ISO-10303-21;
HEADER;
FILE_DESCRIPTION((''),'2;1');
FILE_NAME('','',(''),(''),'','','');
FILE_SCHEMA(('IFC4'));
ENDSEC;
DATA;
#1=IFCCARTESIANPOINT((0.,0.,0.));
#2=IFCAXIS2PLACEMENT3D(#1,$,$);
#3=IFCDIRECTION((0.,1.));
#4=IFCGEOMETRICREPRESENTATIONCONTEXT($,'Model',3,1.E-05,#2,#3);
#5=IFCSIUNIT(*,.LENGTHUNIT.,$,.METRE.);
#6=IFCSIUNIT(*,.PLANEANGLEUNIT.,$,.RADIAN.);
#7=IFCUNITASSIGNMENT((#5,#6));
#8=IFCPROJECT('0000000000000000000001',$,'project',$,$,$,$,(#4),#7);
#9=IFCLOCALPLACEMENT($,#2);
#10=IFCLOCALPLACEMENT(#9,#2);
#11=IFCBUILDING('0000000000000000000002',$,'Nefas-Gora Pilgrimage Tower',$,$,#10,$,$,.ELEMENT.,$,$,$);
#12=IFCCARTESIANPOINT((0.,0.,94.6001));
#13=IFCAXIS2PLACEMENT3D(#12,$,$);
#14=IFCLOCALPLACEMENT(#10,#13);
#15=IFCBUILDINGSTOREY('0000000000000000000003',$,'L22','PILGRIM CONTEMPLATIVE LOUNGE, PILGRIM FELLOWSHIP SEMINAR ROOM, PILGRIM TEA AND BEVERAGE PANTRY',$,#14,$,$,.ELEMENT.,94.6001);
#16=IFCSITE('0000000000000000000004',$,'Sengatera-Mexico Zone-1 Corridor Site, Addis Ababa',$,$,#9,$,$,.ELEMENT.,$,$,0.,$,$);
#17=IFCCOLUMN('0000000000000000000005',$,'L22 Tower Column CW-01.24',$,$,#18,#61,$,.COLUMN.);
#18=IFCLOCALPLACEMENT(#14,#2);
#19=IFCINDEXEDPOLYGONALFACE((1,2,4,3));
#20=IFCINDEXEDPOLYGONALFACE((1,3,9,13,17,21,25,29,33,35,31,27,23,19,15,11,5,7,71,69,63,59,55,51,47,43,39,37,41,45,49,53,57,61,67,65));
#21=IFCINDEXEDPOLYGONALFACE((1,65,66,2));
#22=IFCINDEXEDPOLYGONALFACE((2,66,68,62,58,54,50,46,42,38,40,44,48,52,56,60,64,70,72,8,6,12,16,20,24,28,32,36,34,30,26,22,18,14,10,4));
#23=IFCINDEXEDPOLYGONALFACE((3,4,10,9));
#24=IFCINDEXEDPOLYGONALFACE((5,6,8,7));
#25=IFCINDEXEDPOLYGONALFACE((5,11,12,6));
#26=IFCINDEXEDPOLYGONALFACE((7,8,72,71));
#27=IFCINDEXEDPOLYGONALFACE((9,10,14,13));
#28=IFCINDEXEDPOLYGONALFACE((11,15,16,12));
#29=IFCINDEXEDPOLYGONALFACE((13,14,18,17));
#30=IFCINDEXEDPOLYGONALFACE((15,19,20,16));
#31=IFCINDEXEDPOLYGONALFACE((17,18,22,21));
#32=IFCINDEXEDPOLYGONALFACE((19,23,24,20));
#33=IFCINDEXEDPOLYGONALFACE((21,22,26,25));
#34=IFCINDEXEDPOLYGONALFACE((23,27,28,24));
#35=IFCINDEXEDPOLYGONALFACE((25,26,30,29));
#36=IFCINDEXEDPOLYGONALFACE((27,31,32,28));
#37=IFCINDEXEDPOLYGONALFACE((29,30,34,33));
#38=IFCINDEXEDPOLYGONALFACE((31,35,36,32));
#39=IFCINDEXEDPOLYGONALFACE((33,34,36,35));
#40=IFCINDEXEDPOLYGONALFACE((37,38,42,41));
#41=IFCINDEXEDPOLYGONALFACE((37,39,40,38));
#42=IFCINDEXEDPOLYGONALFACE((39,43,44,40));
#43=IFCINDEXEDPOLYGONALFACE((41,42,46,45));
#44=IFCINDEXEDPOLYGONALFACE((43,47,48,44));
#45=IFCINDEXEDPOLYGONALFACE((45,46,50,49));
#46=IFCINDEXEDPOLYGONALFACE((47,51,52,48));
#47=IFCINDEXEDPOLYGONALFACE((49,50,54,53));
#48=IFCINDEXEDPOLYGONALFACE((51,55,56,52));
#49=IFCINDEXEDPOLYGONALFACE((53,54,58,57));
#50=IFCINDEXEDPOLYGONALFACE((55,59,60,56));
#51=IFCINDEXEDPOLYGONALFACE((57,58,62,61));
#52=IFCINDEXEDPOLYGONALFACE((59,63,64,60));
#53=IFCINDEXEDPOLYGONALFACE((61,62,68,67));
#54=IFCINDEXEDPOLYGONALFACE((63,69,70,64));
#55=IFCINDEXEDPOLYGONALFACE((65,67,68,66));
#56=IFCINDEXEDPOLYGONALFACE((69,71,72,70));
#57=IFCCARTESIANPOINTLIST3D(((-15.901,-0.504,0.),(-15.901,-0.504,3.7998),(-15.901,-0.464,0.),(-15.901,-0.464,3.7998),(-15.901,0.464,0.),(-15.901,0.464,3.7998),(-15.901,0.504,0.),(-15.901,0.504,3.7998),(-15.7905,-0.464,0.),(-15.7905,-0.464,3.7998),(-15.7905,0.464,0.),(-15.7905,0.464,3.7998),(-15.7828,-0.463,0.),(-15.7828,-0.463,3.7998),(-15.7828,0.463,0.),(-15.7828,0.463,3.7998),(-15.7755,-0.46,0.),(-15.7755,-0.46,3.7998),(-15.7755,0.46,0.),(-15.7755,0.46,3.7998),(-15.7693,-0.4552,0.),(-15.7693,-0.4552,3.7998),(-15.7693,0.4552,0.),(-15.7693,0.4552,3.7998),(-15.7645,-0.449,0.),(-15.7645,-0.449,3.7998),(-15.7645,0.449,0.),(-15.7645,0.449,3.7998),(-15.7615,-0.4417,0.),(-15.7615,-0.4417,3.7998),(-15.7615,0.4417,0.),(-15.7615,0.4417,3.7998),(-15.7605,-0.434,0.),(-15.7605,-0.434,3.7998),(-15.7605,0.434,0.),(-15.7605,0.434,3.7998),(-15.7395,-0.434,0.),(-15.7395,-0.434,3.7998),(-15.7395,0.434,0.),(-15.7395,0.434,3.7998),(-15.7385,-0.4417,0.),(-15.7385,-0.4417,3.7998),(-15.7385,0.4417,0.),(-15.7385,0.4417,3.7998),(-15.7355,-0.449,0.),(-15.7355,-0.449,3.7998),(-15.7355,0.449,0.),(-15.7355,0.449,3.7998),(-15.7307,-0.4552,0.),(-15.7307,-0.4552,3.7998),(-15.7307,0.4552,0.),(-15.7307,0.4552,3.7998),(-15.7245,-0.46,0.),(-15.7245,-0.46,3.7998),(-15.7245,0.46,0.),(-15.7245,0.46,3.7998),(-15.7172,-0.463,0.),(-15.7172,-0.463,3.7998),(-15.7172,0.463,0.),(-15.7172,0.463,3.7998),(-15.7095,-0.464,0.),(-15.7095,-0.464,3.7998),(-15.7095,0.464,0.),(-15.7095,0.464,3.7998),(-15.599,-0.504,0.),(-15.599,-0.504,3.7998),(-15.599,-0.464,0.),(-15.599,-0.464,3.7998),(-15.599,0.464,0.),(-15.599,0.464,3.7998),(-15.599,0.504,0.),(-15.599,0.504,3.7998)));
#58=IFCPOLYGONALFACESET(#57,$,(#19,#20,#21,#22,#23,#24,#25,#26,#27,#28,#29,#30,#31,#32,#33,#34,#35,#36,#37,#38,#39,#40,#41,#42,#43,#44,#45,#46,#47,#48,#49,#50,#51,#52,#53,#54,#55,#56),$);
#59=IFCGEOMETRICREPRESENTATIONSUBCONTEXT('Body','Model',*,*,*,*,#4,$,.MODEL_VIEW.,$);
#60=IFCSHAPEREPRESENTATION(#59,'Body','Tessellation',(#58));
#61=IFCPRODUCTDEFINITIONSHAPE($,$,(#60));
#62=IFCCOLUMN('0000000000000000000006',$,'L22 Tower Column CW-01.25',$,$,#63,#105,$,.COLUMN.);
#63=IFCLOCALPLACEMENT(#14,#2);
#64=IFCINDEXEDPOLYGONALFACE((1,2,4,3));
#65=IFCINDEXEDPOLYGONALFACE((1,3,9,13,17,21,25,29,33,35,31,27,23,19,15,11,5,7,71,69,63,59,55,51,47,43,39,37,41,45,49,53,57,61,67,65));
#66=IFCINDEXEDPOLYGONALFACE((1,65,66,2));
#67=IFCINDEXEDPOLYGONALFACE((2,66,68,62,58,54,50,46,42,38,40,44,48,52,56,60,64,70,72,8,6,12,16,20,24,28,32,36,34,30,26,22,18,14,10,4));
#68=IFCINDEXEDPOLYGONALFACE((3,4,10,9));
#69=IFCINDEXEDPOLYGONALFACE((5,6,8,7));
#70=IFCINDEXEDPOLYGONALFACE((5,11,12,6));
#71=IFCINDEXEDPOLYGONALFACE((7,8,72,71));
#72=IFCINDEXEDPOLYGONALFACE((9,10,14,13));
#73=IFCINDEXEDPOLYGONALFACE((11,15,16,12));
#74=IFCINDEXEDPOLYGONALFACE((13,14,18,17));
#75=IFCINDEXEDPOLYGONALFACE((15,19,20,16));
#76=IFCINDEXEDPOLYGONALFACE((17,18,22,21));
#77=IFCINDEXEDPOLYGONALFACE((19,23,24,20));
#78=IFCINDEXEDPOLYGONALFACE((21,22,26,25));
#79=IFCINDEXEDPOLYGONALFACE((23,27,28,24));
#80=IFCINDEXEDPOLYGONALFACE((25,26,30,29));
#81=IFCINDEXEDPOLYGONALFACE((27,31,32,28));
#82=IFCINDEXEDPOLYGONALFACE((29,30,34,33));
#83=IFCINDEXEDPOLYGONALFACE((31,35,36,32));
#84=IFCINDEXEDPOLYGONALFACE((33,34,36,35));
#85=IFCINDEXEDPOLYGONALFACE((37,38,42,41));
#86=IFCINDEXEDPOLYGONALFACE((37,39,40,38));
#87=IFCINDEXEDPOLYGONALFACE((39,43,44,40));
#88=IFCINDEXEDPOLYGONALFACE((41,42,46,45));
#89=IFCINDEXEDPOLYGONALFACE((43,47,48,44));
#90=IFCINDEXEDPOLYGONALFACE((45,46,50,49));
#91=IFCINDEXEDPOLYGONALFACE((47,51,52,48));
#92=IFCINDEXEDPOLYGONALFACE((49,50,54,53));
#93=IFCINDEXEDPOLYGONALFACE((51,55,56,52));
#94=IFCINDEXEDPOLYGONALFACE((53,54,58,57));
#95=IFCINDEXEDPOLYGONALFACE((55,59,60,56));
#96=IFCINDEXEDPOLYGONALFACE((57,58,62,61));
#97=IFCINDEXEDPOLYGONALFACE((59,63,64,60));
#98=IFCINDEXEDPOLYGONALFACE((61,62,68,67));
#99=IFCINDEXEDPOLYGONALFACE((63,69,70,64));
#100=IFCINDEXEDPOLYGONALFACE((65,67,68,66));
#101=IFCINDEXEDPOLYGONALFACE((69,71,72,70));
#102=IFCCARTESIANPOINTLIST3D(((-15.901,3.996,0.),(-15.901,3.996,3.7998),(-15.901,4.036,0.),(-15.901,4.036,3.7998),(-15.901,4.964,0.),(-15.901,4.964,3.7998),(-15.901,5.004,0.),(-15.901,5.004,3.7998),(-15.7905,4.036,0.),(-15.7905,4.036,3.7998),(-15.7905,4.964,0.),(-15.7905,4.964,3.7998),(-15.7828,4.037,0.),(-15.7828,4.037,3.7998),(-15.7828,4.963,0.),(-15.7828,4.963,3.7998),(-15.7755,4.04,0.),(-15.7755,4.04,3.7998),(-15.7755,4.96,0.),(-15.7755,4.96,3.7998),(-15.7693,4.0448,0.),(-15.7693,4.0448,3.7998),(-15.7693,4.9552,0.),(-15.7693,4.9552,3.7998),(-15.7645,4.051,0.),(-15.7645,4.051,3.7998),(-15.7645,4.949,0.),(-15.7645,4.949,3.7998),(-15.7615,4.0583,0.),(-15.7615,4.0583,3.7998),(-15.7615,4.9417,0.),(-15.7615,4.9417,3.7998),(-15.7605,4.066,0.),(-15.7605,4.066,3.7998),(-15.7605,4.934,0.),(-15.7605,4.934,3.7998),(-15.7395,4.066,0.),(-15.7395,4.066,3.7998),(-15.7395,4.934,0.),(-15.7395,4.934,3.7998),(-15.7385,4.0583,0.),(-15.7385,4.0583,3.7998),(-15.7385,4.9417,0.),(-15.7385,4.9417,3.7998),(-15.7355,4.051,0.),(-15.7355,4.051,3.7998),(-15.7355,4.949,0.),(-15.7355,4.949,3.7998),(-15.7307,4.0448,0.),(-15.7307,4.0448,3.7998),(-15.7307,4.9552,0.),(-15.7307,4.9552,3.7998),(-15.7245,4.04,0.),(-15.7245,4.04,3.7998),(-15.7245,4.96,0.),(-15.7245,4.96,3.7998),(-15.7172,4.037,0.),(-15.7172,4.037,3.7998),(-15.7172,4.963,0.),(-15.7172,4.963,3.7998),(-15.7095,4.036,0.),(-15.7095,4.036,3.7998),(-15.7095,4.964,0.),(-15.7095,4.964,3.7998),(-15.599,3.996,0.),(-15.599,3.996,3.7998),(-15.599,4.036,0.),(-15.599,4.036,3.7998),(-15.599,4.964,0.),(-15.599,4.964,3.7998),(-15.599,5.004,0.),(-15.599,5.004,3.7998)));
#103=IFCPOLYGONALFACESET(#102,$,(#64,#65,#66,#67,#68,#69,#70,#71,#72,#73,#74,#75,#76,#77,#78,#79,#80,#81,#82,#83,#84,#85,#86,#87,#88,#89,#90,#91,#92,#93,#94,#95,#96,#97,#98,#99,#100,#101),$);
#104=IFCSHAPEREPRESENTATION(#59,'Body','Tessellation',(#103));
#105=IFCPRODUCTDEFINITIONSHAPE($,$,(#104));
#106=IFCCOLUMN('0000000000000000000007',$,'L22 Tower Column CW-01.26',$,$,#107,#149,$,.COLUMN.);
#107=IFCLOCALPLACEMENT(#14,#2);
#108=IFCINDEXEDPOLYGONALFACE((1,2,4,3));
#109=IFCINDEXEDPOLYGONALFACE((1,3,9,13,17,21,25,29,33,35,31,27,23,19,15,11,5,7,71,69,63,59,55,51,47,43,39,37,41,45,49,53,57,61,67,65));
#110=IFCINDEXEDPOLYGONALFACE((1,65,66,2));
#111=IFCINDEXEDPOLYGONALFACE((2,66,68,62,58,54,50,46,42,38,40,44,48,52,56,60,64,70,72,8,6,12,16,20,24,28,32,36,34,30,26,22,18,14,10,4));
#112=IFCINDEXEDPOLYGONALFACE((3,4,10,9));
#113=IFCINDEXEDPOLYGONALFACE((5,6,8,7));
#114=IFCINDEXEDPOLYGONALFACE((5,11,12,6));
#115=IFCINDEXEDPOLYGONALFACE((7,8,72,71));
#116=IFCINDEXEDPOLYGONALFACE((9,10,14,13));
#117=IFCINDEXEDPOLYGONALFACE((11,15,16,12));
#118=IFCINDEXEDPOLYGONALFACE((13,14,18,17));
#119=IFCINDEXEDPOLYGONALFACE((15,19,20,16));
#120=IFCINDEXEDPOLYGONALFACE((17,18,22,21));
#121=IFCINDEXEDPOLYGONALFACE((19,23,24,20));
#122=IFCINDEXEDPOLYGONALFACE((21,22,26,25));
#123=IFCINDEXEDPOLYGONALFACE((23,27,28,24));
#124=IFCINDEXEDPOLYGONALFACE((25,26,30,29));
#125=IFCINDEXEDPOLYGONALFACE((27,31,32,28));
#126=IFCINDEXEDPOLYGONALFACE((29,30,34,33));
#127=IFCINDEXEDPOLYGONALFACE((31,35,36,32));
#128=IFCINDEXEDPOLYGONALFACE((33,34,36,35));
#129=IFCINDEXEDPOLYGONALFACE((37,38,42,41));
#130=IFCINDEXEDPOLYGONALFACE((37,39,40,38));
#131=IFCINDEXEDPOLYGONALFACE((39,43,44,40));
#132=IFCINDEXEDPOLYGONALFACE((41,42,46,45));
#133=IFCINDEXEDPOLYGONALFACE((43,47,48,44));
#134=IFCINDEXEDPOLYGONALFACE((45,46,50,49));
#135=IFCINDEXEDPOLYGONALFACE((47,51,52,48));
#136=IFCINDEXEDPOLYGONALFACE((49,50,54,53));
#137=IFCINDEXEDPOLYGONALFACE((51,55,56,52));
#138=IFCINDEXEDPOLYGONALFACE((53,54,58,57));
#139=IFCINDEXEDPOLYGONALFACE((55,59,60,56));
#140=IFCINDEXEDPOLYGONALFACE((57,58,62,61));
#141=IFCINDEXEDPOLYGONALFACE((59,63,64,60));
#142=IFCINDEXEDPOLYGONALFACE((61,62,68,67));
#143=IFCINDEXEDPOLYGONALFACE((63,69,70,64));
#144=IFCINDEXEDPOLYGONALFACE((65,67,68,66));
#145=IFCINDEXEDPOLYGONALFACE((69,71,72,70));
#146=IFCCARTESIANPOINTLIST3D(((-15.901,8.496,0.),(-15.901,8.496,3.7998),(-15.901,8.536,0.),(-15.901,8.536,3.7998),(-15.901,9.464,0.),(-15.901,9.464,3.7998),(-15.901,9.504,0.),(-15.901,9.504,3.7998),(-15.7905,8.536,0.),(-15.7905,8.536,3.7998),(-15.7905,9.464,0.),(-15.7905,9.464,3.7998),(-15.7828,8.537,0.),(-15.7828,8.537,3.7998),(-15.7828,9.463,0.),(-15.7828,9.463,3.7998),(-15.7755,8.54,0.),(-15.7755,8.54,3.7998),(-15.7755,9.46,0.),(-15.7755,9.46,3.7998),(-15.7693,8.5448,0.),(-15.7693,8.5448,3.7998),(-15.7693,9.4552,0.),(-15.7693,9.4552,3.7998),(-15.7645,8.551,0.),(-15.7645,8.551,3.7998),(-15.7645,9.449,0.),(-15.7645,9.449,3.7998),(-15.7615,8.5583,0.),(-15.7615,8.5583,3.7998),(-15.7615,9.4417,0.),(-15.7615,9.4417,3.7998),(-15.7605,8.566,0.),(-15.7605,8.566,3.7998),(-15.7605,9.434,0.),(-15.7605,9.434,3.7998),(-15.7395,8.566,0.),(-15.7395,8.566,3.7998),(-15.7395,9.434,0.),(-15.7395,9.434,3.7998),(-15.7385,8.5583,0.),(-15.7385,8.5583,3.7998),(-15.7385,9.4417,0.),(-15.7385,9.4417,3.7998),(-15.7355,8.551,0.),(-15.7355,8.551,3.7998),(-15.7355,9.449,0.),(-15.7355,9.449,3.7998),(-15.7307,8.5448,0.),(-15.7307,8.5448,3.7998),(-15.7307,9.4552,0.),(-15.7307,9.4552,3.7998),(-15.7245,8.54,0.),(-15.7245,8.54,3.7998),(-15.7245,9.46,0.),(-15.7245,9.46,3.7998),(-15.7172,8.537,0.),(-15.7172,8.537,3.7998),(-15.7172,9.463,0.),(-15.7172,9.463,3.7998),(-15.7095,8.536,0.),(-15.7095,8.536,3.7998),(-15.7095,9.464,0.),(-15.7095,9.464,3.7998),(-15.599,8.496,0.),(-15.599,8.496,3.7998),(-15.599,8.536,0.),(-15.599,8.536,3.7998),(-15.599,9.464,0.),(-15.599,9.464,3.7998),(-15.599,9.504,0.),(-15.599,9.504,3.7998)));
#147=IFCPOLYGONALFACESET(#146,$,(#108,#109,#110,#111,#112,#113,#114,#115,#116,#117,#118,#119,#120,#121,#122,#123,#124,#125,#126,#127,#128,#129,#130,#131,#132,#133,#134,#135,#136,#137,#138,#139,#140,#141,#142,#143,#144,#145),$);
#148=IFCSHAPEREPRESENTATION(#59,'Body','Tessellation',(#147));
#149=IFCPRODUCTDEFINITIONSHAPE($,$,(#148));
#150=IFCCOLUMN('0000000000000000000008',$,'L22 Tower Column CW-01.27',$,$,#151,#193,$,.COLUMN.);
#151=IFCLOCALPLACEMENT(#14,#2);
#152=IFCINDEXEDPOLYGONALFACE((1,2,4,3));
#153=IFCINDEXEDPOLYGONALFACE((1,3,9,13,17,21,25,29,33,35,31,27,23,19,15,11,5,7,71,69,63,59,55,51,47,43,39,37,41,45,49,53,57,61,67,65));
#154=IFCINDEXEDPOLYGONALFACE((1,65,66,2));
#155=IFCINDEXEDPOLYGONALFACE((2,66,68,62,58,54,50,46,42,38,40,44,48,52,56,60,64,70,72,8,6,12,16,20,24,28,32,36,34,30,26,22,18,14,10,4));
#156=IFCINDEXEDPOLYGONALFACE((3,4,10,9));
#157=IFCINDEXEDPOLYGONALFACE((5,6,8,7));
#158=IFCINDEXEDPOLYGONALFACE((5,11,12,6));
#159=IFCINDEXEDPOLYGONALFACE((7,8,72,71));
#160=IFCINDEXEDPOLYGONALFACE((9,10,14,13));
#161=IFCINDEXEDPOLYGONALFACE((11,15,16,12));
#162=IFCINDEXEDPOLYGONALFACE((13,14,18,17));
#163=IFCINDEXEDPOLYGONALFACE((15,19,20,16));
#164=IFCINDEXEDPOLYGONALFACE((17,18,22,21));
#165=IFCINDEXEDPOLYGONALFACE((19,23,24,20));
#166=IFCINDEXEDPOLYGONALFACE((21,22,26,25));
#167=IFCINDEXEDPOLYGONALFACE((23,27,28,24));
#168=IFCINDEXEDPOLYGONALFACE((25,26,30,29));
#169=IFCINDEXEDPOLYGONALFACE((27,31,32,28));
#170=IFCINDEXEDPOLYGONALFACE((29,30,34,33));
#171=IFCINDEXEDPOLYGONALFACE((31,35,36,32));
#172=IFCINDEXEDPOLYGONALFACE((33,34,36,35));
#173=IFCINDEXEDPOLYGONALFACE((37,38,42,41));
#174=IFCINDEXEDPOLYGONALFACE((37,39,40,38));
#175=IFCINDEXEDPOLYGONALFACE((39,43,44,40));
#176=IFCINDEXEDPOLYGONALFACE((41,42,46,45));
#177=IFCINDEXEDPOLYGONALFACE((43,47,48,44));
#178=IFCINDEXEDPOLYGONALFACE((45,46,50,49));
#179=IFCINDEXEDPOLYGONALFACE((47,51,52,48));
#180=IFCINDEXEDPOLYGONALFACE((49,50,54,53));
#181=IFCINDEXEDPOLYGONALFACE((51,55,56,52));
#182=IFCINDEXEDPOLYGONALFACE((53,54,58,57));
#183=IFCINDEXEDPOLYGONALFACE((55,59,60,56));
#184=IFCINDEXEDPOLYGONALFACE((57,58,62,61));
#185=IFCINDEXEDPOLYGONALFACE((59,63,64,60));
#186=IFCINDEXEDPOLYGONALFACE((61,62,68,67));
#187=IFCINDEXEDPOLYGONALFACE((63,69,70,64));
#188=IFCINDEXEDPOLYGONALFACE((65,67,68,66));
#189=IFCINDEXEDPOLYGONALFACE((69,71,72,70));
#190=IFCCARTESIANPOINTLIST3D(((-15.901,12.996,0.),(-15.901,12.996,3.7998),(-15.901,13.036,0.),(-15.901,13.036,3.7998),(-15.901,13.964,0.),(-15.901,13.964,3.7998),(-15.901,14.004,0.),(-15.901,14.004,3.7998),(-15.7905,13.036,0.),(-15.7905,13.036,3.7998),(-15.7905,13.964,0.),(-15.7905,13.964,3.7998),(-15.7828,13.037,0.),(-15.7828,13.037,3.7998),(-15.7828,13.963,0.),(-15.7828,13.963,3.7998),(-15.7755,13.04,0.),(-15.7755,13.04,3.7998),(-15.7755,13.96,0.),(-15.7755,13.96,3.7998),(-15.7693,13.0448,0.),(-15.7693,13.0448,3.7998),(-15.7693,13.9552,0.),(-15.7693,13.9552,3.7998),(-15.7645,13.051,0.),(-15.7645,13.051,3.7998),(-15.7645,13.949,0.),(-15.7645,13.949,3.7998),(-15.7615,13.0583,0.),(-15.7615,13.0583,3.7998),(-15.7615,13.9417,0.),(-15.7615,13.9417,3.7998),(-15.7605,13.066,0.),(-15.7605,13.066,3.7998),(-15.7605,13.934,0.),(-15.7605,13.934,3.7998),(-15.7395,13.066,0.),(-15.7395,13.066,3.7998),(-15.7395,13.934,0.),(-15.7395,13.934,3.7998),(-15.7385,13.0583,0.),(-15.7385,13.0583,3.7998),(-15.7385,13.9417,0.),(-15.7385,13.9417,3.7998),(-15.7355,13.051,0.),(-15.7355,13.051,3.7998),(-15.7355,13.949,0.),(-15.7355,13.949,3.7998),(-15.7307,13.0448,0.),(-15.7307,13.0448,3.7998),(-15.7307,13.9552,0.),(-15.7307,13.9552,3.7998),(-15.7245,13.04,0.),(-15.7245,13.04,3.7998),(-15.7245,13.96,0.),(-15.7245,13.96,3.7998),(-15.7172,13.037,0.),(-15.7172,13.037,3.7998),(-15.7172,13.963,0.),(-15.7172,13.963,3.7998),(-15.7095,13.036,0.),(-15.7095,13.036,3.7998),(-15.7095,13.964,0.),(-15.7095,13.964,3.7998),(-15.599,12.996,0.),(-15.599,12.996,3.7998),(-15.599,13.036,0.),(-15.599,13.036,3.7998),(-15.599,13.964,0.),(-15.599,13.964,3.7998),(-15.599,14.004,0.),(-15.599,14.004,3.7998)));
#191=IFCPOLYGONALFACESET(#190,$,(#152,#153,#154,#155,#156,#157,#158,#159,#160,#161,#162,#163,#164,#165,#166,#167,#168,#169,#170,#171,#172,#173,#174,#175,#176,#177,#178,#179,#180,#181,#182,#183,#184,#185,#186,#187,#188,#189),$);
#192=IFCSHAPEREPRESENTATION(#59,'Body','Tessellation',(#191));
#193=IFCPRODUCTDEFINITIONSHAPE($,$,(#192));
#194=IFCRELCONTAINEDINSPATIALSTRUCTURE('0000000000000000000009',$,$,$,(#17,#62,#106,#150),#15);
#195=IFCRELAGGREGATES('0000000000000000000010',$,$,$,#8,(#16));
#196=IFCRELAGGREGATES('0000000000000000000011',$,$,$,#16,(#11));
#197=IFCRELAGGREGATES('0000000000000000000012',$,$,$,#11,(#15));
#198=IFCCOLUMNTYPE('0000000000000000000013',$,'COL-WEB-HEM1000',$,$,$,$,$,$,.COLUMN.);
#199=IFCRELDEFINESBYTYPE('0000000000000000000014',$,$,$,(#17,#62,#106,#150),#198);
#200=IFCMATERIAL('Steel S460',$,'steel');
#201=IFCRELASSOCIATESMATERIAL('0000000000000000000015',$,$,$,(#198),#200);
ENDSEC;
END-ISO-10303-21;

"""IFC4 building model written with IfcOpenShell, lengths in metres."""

from ifc_helpers import new_model, si_unit, direction, frame, origin, origin_2d, place, context, subcontext, project, spatial, i_section, extrude, source, transform, mapped, material, material_profile, profile_set, type_object, element, save


model = new_model("IFC4")

# Units and contexts
model_context = context("Model", 3, precision=1e-05, world=origin(), true_north=direction((0.0, 1.0)))
body_context = subcontext(model_context, "Body", "Model", "MODEL_VIEW")
ifc_project = project(units=[si_unit("LENGTHUNIT", "METRE"), si_unit("PLANEANGLEUNIT", "RADIAN")], contexts=[model_context])

# Site, building, storey
site_placement = place(None, origin())
site = spatial("IfcSite", under=ifc_project, at=site_placement, Name="Sengatera-Mexico Zone-1 Corridor Site, Addis Ababa", CompositionType="ELEMENT", RefElevation=0.0)
building_placement = place(site_placement, origin())
building = spatial("IfcBuilding", under=site, at=building_placement, Name="Nefas-Gora Pilgrimage Tower", CompositionType="ELEMENT")
storey_placement = place(building_placement, frame((0.0, 0.0, 94.6001)))
storey = spatial("IfcBuildingStorey", under=building, at=storey_placement, Name="L22", Description="PILGRIM CONTEMPLATIVE LOUNGE, PILGRIM FELLOWSHIP SEMINAR ROOM, PILGRIM TEA AND BEVERAGE PANTRY", CompositionType="ELEMENT", Elevation=94.6001)

# Columns
ifc_material_1 = material(Name="Steel S460", Category="steel")
ifc_material_profile_1 = material_profile(ifc_material_1, i_section(OverallWidth=0.302, OverallDepth=1.0081, WebThickness=0.021, FlangeThickness=0.04, FilletRadius=0.03, at=origin_2d()), Name="HEM 1000")
ifc_profile_set_1 = profile_set([ifc_material_profile_1], Name="Steel S460")
column_type_1 = type_object("IfcColumnType", Name="COL-WEB-HEM1000", PredefinedType="COLUMN", material=ifc_profile_set_1)
shared_shape_1 = source(origin(), body_context, "Body", "SweptSolid", [
    extrude(i_section(OverallWidth=0.302, OverallDepth=1.0081, WebThickness=0.021, FlangeThickness=0.04, FilletRadius=0.03, at=origin_2d()), origin(), (0.0, 0.0, 1.0), 3.7998),
])
for number, where, z_axis, x_axis, name in (
    (1, (-15.75, 0.0, 0.0), (0.0, 0.0, 1.0), (1.0, 0.0, 0.0), "L22 Tower Column CW-01.24"),
    (2, (-15.75, 4.5, 0.0), (0.0, 0.0, 1.0), (1.0, 0.0, 0.0), "L22 Tower Column CW-01.25"),
    (3, (-15.75, 9.0, 0.0), (0.0, 0.0, 1.0), (1.0, 0.0, 0.0), "L22 Tower Column CW-01.26"),
    (4, (-15.75, 13.5, 0.0), (0.0, 0.0, 1.0), (1.0, 0.0, 0.0), "L22 Tower Column CW-01.27"),
):
    element("IfcColumn", number, at=place(storey_placement, frame(where, z_axis=z_axis, x_axis=x_axis)), inside=storey, type_object=column_type_1, Name=name, PredefinedType="COLUMN", context=body_context, shape_type="MappedRepresentation", body=[
        mapped(shared_shape_1, transform((0.0, 0.0, 0.0), x_axis=(1.0, 0.0, 0.0), y_axis=(0.0, 1.0, 0.0), z_axis=(0.0, 0.0, 1.0), scale=1.0)),
    ])

save(model, "model.ifc")
